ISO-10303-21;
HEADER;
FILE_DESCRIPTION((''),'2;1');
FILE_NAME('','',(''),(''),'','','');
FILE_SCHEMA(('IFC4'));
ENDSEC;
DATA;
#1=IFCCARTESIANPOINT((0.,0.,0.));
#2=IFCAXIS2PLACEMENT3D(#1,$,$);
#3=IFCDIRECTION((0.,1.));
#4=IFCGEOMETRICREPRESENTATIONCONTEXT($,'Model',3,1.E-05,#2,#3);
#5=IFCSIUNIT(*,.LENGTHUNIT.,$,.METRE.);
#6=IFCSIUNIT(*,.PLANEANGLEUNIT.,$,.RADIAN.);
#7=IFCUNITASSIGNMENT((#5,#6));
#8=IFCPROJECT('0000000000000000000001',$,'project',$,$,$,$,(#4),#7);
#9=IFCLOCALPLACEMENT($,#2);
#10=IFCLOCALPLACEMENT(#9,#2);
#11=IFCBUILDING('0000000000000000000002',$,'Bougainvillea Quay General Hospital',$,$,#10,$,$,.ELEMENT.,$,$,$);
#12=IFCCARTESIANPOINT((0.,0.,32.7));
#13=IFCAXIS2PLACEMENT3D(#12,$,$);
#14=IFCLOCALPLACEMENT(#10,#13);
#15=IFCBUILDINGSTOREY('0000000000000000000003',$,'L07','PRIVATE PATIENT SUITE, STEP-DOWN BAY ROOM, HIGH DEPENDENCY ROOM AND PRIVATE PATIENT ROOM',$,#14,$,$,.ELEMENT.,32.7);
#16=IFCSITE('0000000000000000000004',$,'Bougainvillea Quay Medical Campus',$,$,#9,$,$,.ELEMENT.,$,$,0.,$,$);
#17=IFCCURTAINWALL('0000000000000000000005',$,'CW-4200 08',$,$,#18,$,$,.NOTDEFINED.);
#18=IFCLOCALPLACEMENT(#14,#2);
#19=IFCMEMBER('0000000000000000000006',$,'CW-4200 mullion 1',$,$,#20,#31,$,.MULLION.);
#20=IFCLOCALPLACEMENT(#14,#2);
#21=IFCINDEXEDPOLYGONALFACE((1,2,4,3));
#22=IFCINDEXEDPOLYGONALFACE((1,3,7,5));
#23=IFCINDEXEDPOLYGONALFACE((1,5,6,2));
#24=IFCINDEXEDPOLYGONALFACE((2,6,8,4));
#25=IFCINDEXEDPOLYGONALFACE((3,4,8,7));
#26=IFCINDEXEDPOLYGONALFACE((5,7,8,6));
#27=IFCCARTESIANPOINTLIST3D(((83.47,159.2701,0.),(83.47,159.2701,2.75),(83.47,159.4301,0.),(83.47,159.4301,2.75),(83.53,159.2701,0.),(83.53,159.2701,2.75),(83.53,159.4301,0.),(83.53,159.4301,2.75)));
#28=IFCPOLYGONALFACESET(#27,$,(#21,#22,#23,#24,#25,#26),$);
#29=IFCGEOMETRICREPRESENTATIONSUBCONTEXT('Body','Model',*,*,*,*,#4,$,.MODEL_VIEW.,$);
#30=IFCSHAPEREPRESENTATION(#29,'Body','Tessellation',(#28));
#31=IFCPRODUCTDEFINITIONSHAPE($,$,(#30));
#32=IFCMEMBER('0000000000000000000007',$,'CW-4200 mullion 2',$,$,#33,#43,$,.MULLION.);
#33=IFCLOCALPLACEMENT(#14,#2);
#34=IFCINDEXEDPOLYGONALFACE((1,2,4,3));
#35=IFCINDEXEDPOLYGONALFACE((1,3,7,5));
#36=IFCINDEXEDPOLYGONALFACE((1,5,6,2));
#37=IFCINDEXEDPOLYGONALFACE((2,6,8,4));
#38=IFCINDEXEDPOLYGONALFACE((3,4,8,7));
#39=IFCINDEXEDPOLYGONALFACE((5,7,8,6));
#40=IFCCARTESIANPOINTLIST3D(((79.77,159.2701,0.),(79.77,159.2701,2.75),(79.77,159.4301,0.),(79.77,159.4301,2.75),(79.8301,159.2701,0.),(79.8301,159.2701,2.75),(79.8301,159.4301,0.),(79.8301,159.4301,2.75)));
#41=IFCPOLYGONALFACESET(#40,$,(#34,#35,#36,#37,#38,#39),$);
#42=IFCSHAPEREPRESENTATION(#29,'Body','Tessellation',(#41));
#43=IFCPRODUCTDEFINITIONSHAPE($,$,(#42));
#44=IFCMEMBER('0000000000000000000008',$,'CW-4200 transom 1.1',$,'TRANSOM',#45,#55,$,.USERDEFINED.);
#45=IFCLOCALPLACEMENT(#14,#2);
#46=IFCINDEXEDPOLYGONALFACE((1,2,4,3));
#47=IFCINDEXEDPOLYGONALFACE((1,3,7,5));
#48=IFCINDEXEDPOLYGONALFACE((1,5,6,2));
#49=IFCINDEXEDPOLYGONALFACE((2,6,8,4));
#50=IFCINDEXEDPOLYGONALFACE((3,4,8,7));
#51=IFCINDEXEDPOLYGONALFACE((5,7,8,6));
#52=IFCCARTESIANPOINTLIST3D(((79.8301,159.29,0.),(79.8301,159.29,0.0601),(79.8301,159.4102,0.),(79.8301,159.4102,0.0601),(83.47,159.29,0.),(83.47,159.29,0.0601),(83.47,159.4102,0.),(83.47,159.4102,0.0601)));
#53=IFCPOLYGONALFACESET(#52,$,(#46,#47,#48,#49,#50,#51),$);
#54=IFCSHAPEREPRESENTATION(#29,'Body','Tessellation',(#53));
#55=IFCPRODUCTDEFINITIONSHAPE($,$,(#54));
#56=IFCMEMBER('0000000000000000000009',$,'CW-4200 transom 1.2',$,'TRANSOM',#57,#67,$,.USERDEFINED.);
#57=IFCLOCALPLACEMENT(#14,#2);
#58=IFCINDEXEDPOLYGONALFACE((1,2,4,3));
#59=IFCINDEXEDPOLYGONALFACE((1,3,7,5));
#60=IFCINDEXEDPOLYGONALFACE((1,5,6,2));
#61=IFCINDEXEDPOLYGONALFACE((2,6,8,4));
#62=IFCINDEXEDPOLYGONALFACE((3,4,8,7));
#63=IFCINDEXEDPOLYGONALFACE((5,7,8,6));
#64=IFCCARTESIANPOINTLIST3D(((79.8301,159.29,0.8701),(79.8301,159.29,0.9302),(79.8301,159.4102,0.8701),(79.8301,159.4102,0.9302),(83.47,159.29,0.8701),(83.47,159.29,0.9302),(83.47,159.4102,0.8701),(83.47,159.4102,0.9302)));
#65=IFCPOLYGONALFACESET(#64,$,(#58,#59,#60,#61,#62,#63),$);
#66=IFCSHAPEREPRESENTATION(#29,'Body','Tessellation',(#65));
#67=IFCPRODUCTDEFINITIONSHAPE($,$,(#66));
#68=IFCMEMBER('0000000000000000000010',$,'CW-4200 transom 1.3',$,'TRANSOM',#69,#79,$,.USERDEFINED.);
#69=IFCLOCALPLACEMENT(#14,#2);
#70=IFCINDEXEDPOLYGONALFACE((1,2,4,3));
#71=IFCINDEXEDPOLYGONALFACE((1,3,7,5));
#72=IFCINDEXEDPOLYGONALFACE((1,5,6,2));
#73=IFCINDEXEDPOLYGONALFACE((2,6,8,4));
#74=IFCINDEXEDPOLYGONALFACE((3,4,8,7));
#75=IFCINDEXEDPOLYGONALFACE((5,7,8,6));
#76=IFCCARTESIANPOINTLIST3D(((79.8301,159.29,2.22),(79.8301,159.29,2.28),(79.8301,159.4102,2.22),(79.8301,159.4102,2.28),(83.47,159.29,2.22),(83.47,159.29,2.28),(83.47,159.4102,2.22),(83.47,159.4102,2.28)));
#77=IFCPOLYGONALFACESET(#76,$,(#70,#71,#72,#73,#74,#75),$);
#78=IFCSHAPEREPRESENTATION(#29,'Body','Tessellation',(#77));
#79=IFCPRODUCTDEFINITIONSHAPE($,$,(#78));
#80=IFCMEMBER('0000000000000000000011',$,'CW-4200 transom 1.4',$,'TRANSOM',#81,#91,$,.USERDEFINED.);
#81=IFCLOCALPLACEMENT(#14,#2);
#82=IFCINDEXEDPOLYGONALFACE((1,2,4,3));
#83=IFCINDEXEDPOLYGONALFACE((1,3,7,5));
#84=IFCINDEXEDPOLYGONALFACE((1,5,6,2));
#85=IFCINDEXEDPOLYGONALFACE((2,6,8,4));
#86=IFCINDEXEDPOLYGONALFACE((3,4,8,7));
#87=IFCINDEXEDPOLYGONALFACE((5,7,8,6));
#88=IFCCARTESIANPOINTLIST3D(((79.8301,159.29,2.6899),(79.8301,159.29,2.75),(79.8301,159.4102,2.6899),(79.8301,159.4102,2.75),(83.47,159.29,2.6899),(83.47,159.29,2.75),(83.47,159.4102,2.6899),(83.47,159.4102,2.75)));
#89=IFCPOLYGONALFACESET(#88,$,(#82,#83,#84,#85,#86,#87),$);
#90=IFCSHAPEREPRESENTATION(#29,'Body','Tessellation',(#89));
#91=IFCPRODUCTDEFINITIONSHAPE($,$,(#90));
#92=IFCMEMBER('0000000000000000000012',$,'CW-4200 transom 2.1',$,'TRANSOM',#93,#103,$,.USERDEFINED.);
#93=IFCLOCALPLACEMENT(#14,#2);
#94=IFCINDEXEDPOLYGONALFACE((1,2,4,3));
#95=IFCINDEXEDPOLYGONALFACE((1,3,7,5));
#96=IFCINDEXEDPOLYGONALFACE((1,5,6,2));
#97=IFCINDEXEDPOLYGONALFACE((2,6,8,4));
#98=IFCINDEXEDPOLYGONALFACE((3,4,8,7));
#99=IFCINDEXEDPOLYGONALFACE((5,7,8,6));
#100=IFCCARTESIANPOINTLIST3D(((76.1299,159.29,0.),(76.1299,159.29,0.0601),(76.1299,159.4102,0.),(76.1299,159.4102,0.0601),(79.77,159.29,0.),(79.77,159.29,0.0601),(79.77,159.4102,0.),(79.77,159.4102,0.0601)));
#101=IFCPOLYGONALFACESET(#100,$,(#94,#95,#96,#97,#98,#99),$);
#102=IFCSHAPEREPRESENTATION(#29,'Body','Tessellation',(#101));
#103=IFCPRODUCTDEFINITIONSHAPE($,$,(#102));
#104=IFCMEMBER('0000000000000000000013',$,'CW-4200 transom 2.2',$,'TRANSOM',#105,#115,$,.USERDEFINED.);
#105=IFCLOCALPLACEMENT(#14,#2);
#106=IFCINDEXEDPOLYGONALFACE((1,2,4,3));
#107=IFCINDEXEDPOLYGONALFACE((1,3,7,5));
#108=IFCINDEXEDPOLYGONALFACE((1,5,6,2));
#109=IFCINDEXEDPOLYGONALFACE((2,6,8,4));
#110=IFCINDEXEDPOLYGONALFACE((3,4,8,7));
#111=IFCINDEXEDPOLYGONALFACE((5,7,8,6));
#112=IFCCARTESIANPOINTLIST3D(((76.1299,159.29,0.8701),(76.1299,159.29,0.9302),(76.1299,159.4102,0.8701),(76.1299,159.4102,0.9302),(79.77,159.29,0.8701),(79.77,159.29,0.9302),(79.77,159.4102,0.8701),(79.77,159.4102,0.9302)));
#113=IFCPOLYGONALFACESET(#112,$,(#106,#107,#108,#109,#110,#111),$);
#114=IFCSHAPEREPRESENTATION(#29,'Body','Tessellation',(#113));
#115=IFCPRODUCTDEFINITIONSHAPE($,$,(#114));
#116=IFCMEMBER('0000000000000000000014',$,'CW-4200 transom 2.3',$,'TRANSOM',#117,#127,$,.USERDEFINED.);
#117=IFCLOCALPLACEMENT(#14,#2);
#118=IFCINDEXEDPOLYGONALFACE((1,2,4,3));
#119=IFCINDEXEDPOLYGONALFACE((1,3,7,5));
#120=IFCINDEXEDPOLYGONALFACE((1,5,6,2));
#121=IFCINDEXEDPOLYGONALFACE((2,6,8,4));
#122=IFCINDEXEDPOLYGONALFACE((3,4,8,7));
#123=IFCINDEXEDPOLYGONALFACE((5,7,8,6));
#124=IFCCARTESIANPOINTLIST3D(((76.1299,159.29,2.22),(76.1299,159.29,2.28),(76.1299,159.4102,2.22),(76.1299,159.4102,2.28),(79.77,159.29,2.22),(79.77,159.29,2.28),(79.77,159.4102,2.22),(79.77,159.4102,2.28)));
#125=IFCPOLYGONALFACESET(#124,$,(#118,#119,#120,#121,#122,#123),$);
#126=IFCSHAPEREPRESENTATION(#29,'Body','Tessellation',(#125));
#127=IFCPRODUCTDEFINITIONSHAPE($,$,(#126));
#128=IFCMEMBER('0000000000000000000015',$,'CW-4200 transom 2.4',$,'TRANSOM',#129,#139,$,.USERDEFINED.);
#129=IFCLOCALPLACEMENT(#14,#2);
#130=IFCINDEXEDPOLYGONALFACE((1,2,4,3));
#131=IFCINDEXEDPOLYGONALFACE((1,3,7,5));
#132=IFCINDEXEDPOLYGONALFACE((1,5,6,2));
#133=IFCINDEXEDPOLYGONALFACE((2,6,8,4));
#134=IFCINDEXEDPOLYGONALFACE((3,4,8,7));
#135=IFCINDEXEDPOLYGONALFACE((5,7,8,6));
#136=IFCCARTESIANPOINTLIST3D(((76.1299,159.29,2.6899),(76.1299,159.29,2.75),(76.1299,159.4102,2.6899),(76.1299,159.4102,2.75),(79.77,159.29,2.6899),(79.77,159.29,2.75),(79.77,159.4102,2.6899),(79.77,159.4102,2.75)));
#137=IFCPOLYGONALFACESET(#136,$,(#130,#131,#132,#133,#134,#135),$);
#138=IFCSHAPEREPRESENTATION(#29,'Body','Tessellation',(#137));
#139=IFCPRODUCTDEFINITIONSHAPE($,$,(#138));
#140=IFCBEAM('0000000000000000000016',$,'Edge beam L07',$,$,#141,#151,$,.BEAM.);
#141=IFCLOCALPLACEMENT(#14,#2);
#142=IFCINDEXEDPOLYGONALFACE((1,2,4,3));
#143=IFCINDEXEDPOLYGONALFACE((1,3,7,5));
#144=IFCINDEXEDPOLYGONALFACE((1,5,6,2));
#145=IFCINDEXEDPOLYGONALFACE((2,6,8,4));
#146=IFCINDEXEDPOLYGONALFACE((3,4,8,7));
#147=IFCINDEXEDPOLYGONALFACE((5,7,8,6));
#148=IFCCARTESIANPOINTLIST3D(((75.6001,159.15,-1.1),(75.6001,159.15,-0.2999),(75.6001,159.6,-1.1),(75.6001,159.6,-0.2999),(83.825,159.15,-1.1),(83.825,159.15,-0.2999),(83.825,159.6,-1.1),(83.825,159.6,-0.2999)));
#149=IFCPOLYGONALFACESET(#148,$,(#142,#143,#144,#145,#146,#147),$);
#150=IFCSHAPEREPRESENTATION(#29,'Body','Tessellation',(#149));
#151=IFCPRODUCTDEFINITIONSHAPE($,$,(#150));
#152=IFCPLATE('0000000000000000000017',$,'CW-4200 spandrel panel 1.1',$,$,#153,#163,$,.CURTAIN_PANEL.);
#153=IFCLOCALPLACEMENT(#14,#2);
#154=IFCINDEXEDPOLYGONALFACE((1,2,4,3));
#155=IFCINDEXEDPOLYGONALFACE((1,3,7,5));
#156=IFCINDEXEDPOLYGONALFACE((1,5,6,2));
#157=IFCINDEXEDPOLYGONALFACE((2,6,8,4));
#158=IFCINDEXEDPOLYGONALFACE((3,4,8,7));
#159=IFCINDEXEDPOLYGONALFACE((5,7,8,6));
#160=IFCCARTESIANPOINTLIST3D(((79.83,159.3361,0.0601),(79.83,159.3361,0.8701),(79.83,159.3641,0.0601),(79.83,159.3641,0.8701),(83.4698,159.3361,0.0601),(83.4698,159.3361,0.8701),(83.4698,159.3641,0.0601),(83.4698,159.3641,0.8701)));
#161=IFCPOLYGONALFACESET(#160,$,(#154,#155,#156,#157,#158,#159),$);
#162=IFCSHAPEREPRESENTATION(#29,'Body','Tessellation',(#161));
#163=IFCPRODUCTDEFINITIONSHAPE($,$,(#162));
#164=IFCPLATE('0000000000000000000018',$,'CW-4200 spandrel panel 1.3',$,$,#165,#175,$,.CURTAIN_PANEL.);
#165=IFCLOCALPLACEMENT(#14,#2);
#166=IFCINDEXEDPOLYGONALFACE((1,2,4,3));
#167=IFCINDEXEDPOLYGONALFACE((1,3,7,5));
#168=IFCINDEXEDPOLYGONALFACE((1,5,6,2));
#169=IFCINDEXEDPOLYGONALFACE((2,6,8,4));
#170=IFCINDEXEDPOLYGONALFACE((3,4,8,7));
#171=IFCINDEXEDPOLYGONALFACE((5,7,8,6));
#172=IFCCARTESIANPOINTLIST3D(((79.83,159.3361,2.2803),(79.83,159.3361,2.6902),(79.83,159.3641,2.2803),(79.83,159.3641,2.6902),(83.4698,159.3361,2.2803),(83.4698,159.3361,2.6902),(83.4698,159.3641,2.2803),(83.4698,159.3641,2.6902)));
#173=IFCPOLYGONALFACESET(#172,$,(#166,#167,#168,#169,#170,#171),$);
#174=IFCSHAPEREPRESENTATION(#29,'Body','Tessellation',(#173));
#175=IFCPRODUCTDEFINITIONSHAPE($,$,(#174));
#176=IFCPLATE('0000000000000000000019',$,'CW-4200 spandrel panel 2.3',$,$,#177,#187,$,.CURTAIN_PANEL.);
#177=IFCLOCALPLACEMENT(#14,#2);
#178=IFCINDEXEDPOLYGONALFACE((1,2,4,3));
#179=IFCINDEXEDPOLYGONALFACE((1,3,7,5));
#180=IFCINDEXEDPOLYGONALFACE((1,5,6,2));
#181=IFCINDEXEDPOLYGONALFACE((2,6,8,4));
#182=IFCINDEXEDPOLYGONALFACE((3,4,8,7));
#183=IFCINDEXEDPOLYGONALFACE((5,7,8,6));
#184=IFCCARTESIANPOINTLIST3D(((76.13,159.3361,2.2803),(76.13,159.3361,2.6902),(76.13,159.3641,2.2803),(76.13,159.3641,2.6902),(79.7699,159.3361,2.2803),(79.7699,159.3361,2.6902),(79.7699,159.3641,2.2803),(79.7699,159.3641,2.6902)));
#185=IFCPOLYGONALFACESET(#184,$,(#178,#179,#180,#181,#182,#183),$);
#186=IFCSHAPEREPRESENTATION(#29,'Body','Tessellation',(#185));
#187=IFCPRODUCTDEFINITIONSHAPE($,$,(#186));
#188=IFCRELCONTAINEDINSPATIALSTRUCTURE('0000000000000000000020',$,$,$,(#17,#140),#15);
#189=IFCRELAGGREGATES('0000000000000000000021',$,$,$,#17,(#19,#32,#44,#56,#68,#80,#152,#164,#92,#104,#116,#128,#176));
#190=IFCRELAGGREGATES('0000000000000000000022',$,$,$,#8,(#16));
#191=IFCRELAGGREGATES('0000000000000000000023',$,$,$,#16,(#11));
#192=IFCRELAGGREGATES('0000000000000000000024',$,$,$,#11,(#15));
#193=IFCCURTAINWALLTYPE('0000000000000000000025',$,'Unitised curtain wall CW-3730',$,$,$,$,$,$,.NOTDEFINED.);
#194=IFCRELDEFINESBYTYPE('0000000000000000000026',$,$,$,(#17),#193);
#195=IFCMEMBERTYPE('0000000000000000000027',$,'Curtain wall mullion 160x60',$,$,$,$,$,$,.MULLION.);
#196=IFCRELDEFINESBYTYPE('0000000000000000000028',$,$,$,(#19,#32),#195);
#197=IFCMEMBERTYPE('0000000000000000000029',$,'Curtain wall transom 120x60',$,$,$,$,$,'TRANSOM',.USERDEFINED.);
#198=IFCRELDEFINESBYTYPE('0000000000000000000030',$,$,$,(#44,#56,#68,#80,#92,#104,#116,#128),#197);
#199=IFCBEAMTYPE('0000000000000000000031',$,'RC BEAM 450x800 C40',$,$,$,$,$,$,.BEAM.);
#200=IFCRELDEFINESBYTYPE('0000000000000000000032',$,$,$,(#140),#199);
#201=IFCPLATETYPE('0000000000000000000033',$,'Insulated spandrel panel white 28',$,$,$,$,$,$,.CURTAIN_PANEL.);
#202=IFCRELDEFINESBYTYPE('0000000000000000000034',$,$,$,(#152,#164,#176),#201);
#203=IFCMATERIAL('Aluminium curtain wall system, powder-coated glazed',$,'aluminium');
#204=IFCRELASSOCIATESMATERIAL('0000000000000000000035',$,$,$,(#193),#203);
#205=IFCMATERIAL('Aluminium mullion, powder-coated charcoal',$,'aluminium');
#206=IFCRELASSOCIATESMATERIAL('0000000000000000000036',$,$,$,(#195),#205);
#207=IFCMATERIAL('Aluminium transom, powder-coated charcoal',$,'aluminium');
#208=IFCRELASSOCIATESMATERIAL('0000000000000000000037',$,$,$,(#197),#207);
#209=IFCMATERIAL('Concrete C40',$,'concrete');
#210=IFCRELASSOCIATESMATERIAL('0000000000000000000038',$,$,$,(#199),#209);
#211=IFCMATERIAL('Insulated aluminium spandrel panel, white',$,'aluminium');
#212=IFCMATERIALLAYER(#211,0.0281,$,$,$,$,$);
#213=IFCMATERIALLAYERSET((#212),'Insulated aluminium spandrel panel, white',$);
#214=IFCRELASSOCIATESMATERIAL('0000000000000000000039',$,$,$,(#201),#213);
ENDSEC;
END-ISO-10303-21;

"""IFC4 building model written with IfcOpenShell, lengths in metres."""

from ifc_helpers import new_model, si_unit, direction, frame, origin, origin_2d, place, context, subcontext, project, spatial, rectangle, extrude, material, layer, layer_set, material_profile, profile_set, type_object, element, aggregate, save


model = new_model("IFC4")

# Units and contexts
model_context = context("Model", 3, precision=1e-05, world=origin(), true_north=direction((0.0, 1.0)))
body_context = subcontext(model_context, "Body", "Model", "MODEL_VIEW")
ifc_project = project(units=[si_unit("LENGTHUNIT", "METRE"), si_unit("PLANEANGLEUNIT", "RADIAN")], contexts=[model_context])

# Site, building, storey
site_placement = place(None, origin())
site = spatial("IfcSite", under=ifc_project, at=site_placement, Name="Bougainvillea Quay Medical Campus", CompositionType="ELEMENT", RefElevation=0.0)
building_placement = place(site_placement, origin())
building = spatial("IfcBuilding", under=site, at=building_placement, Name="Bougainvillea Quay General Hospital", CompositionType="ELEMENT")
storey_placement = place(building_placement, frame((0.0, 0.0, 32.7)))
storey = spatial("IfcBuildingStorey", under=building, at=storey_placement, Name="L07", Description="PRIVATE PATIENT SUITE, STEP-DOWN BAY ROOM, HIGH DEPENDENCY ROOM AND PRIVATE PATIENT ROOM", CompositionType="ELEMENT", Elevation=32.7)

# Curtain wall, members
ifc_material_1 = material(Name="Aluminium curtain wall system, powder-coated glazed", Category="aluminium")
curtain_wall_type = type_object("IfcCurtainWallType", Name="Unitised curtain wall CW-3730", PredefinedType="NOTDEFINED", material=ifc_material_1)
curtain_wall_placement = place(storey_placement, origin())
curtain_wall = element("IfcCurtainWall", 1, at=curtain_wall_placement, inside=storey, type_object=curtain_wall_type, Name="CW-4200 08", PredefinedType="NOTDEFINED")
ifc_material_2 = material(Name="Aluminium mullion, powder-coated charcoal", Category="aluminium")
ifc_material_profile_1 = material_profile(ifc_material_2, rectangle(XDim=0.1599, YDim=0.0601, at=origin_2d()))
ifc_profile_set_1 = profile_set([ifc_material_profile_1], Name="Aluminium mullion, powder-coated charcoal")
member_type_1 = type_object("IfcMemberType", Name="Curtain wall mullion 160x60", PredefinedType="MULLION", material=ifc_profile_set_1)
member_1_placement = place(storey_placement, frame((83.5, 159.3501, 0.0), z_axis=(0.0, 0.0, 1.0), x_axis=(0.0, -1.0, 0.0)))
member_1 = element("IfcMember", 2, at=member_1_placement, type_object=member_type_1, Name="CW-4200 mullion 1", PredefinedType="MULLION", context=body_context, shape_type="SweptSolid", body=[
    extrude(rectangle(XDim=0.1599, YDim=0.0601, at=origin_2d()), origin(), (0.0, 0.0, 1.0), 2.75),
])
member_2_placement = place(storey_placement, frame((79.8, 159.3501, 0.0), z_axis=(0.0, 0.0, 1.0), x_axis=(0.0, -1.0, 0.0)))
member_2 = element("IfcMember", 3, at=member_2_placement, type_object=member_type_1, Name="CW-4200 mullion 2", PredefinedType="MULLION", context=body_context, shape_type="SweptSolid", body=[
    extrude(rectangle(XDim=0.1599, YDim=0.0601, at=origin_2d()), origin(), (0.0, 0.0, 1.0), 2.75),
])
ifc_material_3 = material(Name="Aluminium transom, powder-coated charcoal", Category="aluminium")
ifc_material_profile_2 = material_profile(ifc_material_3, rectangle(XDim=0.1201, YDim=0.0601, at=origin_2d()))
ifc_profile_set_2 = profile_set([ifc_material_profile_2], Name="Aluminium transom, powder-coated charcoal")
member_type_2 = type_object("IfcMemberType", Name="Curtain wall transom 120x60", ElementType="TRANSOM", PredefinedType="USERDEFINED", material=ifc_profile_set_2)
member_3_placement = place(storey_placement, frame((83.47, 159.3501, 0.03), z_axis=(-1.0, 0.0, 0.0), x_axis=(0.0, -1.0, 0.0)))
member_3 = element("IfcMember", 4, at=member_3_placement, type_object=member_type_2, Name="CW-4200 transom 1.1", ObjectType="TRANSOM", PredefinedType="USERDEFINED", context=body_context, shape_type="SweptSolid", body=[
    extrude(rectangle(XDim=0.1201, YDim=0.0601, at=origin_2d()), origin(), (0.0, 0.0, 1.0), 3.6399),
])
member_4_placement = place(storey_placement, frame((83.47, 159.3501, 0.9001), z_axis=(-1.0, 0.0, 0.0), x_axis=(0.0, -1.0, 0.0)))
member_4 = element("IfcMember", 5, at=member_4_placement, type_object=member_type_2, Name="CW-4200 transom 1.2", ObjectType="TRANSOM", PredefinedType="USERDEFINED", context=body_context, shape_type="SweptSolid", body=[
    extrude(rectangle(XDim=0.1201, YDim=0.0601, at=origin_2d()), origin(), (0.0, 0.0, 1.0), 3.6399),
])
member_5_placement = place(storey_placement, frame((83.47, 159.3501, 2.25), z_axis=(-1.0, 0.0, 0.0), x_axis=(0.0, -1.0, 0.0)))
member_5 = element("IfcMember", 6, at=member_5_placement, type_object=member_type_2, Name="CW-4200 transom 1.3", ObjectType="TRANSOM", PredefinedType="USERDEFINED", context=body_context, shape_type="SweptSolid", body=[
    extrude(rectangle(XDim=0.1201, YDim=0.0601, at=origin_2d()), origin(), (0.0, 0.0, 1.0), 3.6399),
])
member_6_placement = place(storey_placement, frame((83.47, 159.3501, 2.72), z_axis=(-1.0, 0.0, 0.0), x_axis=(0.0, -1.0, 0.0)))
member_6 = element("IfcMember", 7, at=member_6_placement, type_object=member_type_2, Name="CW-4200 transom 1.4", ObjectType="TRANSOM", PredefinedType="USERDEFINED", context=body_context, shape_type="SweptSolid", body=[
    extrude(rectangle(XDim=0.1201, YDim=0.0601, at=origin_2d()), origin(), (0.0, 0.0, 1.0), 3.6399),
])
member_7_placement = place(storey_placement, frame((79.77, 159.3501, 0.03), z_axis=(-1.0, 0.0, 0.0), x_axis=(0.0, -1.0, 0.0)))
member_7 = element("IfcMember", 8, at=member_7_placement, type_object=member_type_2, Name="CW-4200 transom 2.1", ObjectType="TRANSOM", PredefinedType="USERDEFINED", context=body_context, shape_type="SweptSolid", body=[
    extrude(rectangle(XDim=0.1201, YDim=0.0601, at=origin_2d()), origin(), (0.0, 0.0, 1.0), 3.6401),
])
member_8_placement = place(storey_placement, frame((79.77, 159.3501, 0.9001), z_axis=(-1.0, 0.0, 0.0), x_axis=(0.0, -1.0, 0.0)))
member_8 = element("IfcMember", 9, at=member_8_placement, type_object=member_type_2, Name="CW-4200 transom 2.2", ObjectType="TRANSOM", PredefinedType="USERDEFINED", context=body_context, shape_type="SweptSolid", body=[
    extrude(rectangle(XDim=0.1201, YDim=0.0601, at=origin_2d()), origin(), (0.0, 0.0, 1.0), 3.6401),
])
member_9_placement = place(storey_placement, frame((79.77, 159.3501, 2.25), z_axis=(-1.0, 0.0, 0.0), x_axis=(0.0, -1.0, 0.0)))
member_9 = element("IfcMember", 10, at=member_9_placement, type_object=member_type_2, Name="CW-4200 transom 2.3", ObjectType="TRANSOM", PredefinedType="USERDEFINED", context=body_context, shape_type="SweptSolid", body=[
    extrude(rectangle(XDim=0.1201, YDim=0.0601, at=origin_2d()), origin(), (0.0, 0.0, 1.0), 3.6401),
])
member_10_placement = place(storey_placement, frame((79.77, 159.3501, 2.72), z_axis=(-1.0, 0.0, 0.0), x_axis=(0.0, -1.0, 0.0)))
member_10 = element("IfcMember", 11, at=member_10_placement, type_object=member_type_2, Name="CW-4200 transom 2.4", ObjectType="TRANSOM", PredefinedType="USERDEFINED", context=body_context, shape_type="SweptSolid", body=[
    extrude(rectangle(XDim=0.1201, YDim=0.0601, at=origin_2d()), origin(), (0.0, 0.0, 1.0), 3.6401),
])

# Beam
ifc_material_4 = material(Name="Concrete C40", Category="concrete")
ifc_material_profile_3 = material_profile(ifc_material_4, rectangle(XDim=0.45, YDim=0.8, at=origin_2d()))
ifc_profile_set_3 = profile_set([ifc_material_profile_3], Name="Concrete C40")
beam_type = type_object("IfcBeamType", Name="RC BEAM 450x800 C40", PredefinedType="BEAM", material=ifc_profile_set_3)
beam_placement = place(storey_placement, frame((83.825, 159.375, -0.7), z_axis=(-1.0, 0.0, 0.0), x_axis=(0.0, -1.0, 0.0)))
element("IfcBeam", 12, at=beam_placement, inside=storey, type_object=beam_type, Name="Edge beam L07", PredefinedType="BEAM", context=body_context, shape_type="SweptSolid", body=[
    extrude(rectangle(XDim=0.45, YDim=0.8, at=origin_2d()), origin(), (0.0, 0.0, 1.0), 8.2249),
])

# Plates
ifc_material_5 = material(Name="Insulated aluminium spandrel panel, white", Category="aluminium")
ifc_layer_1 = layer(ifc_material_5, 0.0281)
ifc_layer_set_1 = layer_set([ifc_layer_1], Name="Insulated aluminium spandrel panel, white")
plate_type_1 = type_object("IfcPlateType", Name="Insulated spandrel panel white 28", PredefinedType="CURTAIN_PANEL", material=ifc_layer_set_1)
plate_1_placement = place(storey_placement, frame((81.6499, 159.3501, 0.0601), z_axis=(0.0, 0.0, 1.0), x_axis=(-1.0, 0.0, 0.0)))
plate_1 = element("IfcPlate", 13, at=plate_1_placement, type_object=plate_type_1, Name="CW-4200 spandrel panel 1.1", PredefinedType="CURTAIN_PANEL", context=body_context, shape_type="SweptSolid", body=[
    extrude(rectangle(XDim=3.6399, YDim=0.0281, at=origin_2d()), origin(), (0.0, 0.0, 1.0), 0.8101),
])
plate_2_placement = place(storey_placement, frame((81.6499, 159.3501, 2.2803), z_axis=(0.0, 0.0, 1.0), x_axis=(-1.0, 0.0, 0.0)))
plate_2 = element("IfcPlate", 14, at=plate_2_placement, type_object=plate_type_1, Name="CW-4200 spandrel panel 1.3", PredefinedType="CURTAIN_PANEL", context=body_context, shape_type="SweptSolid", body=[
    extrude(rectangle(XDim=3.6399, YDim=0.0281, at=origin_2d()), origin(), (0.0, 0.0, 1.0), 0.4099),
])
plate_3_placement = place(storey_placement, frame((77.95, 159.3501, 2.2803), z_axis=(0.0, 0.0, 1.0), x_axis=(-1.0, 0.0, 0.0)))
plate_3 = element("IfcPlate", 15, at=plate_3_placement, type_object=plate_type_1, Name="CW-4200 spandrel panel 2.3", PredefinedType="CURTAIN_PANEL", context=body_context, shape_type="SweptSolid", body=[
    extrude(rectangle(XDim=3.6399, YDim=0.0281, at=origin_2d()), origin(), (0.0, 0.0, 1.0), 0.4099),
])
aggregate(curtain_wall, [member_1, member_2, member_3, member_4, member_5, member_6, plate_1, plate_2, member_7, member_8, member_9, member_10, plate_3])

save(model, "model.ifc")
